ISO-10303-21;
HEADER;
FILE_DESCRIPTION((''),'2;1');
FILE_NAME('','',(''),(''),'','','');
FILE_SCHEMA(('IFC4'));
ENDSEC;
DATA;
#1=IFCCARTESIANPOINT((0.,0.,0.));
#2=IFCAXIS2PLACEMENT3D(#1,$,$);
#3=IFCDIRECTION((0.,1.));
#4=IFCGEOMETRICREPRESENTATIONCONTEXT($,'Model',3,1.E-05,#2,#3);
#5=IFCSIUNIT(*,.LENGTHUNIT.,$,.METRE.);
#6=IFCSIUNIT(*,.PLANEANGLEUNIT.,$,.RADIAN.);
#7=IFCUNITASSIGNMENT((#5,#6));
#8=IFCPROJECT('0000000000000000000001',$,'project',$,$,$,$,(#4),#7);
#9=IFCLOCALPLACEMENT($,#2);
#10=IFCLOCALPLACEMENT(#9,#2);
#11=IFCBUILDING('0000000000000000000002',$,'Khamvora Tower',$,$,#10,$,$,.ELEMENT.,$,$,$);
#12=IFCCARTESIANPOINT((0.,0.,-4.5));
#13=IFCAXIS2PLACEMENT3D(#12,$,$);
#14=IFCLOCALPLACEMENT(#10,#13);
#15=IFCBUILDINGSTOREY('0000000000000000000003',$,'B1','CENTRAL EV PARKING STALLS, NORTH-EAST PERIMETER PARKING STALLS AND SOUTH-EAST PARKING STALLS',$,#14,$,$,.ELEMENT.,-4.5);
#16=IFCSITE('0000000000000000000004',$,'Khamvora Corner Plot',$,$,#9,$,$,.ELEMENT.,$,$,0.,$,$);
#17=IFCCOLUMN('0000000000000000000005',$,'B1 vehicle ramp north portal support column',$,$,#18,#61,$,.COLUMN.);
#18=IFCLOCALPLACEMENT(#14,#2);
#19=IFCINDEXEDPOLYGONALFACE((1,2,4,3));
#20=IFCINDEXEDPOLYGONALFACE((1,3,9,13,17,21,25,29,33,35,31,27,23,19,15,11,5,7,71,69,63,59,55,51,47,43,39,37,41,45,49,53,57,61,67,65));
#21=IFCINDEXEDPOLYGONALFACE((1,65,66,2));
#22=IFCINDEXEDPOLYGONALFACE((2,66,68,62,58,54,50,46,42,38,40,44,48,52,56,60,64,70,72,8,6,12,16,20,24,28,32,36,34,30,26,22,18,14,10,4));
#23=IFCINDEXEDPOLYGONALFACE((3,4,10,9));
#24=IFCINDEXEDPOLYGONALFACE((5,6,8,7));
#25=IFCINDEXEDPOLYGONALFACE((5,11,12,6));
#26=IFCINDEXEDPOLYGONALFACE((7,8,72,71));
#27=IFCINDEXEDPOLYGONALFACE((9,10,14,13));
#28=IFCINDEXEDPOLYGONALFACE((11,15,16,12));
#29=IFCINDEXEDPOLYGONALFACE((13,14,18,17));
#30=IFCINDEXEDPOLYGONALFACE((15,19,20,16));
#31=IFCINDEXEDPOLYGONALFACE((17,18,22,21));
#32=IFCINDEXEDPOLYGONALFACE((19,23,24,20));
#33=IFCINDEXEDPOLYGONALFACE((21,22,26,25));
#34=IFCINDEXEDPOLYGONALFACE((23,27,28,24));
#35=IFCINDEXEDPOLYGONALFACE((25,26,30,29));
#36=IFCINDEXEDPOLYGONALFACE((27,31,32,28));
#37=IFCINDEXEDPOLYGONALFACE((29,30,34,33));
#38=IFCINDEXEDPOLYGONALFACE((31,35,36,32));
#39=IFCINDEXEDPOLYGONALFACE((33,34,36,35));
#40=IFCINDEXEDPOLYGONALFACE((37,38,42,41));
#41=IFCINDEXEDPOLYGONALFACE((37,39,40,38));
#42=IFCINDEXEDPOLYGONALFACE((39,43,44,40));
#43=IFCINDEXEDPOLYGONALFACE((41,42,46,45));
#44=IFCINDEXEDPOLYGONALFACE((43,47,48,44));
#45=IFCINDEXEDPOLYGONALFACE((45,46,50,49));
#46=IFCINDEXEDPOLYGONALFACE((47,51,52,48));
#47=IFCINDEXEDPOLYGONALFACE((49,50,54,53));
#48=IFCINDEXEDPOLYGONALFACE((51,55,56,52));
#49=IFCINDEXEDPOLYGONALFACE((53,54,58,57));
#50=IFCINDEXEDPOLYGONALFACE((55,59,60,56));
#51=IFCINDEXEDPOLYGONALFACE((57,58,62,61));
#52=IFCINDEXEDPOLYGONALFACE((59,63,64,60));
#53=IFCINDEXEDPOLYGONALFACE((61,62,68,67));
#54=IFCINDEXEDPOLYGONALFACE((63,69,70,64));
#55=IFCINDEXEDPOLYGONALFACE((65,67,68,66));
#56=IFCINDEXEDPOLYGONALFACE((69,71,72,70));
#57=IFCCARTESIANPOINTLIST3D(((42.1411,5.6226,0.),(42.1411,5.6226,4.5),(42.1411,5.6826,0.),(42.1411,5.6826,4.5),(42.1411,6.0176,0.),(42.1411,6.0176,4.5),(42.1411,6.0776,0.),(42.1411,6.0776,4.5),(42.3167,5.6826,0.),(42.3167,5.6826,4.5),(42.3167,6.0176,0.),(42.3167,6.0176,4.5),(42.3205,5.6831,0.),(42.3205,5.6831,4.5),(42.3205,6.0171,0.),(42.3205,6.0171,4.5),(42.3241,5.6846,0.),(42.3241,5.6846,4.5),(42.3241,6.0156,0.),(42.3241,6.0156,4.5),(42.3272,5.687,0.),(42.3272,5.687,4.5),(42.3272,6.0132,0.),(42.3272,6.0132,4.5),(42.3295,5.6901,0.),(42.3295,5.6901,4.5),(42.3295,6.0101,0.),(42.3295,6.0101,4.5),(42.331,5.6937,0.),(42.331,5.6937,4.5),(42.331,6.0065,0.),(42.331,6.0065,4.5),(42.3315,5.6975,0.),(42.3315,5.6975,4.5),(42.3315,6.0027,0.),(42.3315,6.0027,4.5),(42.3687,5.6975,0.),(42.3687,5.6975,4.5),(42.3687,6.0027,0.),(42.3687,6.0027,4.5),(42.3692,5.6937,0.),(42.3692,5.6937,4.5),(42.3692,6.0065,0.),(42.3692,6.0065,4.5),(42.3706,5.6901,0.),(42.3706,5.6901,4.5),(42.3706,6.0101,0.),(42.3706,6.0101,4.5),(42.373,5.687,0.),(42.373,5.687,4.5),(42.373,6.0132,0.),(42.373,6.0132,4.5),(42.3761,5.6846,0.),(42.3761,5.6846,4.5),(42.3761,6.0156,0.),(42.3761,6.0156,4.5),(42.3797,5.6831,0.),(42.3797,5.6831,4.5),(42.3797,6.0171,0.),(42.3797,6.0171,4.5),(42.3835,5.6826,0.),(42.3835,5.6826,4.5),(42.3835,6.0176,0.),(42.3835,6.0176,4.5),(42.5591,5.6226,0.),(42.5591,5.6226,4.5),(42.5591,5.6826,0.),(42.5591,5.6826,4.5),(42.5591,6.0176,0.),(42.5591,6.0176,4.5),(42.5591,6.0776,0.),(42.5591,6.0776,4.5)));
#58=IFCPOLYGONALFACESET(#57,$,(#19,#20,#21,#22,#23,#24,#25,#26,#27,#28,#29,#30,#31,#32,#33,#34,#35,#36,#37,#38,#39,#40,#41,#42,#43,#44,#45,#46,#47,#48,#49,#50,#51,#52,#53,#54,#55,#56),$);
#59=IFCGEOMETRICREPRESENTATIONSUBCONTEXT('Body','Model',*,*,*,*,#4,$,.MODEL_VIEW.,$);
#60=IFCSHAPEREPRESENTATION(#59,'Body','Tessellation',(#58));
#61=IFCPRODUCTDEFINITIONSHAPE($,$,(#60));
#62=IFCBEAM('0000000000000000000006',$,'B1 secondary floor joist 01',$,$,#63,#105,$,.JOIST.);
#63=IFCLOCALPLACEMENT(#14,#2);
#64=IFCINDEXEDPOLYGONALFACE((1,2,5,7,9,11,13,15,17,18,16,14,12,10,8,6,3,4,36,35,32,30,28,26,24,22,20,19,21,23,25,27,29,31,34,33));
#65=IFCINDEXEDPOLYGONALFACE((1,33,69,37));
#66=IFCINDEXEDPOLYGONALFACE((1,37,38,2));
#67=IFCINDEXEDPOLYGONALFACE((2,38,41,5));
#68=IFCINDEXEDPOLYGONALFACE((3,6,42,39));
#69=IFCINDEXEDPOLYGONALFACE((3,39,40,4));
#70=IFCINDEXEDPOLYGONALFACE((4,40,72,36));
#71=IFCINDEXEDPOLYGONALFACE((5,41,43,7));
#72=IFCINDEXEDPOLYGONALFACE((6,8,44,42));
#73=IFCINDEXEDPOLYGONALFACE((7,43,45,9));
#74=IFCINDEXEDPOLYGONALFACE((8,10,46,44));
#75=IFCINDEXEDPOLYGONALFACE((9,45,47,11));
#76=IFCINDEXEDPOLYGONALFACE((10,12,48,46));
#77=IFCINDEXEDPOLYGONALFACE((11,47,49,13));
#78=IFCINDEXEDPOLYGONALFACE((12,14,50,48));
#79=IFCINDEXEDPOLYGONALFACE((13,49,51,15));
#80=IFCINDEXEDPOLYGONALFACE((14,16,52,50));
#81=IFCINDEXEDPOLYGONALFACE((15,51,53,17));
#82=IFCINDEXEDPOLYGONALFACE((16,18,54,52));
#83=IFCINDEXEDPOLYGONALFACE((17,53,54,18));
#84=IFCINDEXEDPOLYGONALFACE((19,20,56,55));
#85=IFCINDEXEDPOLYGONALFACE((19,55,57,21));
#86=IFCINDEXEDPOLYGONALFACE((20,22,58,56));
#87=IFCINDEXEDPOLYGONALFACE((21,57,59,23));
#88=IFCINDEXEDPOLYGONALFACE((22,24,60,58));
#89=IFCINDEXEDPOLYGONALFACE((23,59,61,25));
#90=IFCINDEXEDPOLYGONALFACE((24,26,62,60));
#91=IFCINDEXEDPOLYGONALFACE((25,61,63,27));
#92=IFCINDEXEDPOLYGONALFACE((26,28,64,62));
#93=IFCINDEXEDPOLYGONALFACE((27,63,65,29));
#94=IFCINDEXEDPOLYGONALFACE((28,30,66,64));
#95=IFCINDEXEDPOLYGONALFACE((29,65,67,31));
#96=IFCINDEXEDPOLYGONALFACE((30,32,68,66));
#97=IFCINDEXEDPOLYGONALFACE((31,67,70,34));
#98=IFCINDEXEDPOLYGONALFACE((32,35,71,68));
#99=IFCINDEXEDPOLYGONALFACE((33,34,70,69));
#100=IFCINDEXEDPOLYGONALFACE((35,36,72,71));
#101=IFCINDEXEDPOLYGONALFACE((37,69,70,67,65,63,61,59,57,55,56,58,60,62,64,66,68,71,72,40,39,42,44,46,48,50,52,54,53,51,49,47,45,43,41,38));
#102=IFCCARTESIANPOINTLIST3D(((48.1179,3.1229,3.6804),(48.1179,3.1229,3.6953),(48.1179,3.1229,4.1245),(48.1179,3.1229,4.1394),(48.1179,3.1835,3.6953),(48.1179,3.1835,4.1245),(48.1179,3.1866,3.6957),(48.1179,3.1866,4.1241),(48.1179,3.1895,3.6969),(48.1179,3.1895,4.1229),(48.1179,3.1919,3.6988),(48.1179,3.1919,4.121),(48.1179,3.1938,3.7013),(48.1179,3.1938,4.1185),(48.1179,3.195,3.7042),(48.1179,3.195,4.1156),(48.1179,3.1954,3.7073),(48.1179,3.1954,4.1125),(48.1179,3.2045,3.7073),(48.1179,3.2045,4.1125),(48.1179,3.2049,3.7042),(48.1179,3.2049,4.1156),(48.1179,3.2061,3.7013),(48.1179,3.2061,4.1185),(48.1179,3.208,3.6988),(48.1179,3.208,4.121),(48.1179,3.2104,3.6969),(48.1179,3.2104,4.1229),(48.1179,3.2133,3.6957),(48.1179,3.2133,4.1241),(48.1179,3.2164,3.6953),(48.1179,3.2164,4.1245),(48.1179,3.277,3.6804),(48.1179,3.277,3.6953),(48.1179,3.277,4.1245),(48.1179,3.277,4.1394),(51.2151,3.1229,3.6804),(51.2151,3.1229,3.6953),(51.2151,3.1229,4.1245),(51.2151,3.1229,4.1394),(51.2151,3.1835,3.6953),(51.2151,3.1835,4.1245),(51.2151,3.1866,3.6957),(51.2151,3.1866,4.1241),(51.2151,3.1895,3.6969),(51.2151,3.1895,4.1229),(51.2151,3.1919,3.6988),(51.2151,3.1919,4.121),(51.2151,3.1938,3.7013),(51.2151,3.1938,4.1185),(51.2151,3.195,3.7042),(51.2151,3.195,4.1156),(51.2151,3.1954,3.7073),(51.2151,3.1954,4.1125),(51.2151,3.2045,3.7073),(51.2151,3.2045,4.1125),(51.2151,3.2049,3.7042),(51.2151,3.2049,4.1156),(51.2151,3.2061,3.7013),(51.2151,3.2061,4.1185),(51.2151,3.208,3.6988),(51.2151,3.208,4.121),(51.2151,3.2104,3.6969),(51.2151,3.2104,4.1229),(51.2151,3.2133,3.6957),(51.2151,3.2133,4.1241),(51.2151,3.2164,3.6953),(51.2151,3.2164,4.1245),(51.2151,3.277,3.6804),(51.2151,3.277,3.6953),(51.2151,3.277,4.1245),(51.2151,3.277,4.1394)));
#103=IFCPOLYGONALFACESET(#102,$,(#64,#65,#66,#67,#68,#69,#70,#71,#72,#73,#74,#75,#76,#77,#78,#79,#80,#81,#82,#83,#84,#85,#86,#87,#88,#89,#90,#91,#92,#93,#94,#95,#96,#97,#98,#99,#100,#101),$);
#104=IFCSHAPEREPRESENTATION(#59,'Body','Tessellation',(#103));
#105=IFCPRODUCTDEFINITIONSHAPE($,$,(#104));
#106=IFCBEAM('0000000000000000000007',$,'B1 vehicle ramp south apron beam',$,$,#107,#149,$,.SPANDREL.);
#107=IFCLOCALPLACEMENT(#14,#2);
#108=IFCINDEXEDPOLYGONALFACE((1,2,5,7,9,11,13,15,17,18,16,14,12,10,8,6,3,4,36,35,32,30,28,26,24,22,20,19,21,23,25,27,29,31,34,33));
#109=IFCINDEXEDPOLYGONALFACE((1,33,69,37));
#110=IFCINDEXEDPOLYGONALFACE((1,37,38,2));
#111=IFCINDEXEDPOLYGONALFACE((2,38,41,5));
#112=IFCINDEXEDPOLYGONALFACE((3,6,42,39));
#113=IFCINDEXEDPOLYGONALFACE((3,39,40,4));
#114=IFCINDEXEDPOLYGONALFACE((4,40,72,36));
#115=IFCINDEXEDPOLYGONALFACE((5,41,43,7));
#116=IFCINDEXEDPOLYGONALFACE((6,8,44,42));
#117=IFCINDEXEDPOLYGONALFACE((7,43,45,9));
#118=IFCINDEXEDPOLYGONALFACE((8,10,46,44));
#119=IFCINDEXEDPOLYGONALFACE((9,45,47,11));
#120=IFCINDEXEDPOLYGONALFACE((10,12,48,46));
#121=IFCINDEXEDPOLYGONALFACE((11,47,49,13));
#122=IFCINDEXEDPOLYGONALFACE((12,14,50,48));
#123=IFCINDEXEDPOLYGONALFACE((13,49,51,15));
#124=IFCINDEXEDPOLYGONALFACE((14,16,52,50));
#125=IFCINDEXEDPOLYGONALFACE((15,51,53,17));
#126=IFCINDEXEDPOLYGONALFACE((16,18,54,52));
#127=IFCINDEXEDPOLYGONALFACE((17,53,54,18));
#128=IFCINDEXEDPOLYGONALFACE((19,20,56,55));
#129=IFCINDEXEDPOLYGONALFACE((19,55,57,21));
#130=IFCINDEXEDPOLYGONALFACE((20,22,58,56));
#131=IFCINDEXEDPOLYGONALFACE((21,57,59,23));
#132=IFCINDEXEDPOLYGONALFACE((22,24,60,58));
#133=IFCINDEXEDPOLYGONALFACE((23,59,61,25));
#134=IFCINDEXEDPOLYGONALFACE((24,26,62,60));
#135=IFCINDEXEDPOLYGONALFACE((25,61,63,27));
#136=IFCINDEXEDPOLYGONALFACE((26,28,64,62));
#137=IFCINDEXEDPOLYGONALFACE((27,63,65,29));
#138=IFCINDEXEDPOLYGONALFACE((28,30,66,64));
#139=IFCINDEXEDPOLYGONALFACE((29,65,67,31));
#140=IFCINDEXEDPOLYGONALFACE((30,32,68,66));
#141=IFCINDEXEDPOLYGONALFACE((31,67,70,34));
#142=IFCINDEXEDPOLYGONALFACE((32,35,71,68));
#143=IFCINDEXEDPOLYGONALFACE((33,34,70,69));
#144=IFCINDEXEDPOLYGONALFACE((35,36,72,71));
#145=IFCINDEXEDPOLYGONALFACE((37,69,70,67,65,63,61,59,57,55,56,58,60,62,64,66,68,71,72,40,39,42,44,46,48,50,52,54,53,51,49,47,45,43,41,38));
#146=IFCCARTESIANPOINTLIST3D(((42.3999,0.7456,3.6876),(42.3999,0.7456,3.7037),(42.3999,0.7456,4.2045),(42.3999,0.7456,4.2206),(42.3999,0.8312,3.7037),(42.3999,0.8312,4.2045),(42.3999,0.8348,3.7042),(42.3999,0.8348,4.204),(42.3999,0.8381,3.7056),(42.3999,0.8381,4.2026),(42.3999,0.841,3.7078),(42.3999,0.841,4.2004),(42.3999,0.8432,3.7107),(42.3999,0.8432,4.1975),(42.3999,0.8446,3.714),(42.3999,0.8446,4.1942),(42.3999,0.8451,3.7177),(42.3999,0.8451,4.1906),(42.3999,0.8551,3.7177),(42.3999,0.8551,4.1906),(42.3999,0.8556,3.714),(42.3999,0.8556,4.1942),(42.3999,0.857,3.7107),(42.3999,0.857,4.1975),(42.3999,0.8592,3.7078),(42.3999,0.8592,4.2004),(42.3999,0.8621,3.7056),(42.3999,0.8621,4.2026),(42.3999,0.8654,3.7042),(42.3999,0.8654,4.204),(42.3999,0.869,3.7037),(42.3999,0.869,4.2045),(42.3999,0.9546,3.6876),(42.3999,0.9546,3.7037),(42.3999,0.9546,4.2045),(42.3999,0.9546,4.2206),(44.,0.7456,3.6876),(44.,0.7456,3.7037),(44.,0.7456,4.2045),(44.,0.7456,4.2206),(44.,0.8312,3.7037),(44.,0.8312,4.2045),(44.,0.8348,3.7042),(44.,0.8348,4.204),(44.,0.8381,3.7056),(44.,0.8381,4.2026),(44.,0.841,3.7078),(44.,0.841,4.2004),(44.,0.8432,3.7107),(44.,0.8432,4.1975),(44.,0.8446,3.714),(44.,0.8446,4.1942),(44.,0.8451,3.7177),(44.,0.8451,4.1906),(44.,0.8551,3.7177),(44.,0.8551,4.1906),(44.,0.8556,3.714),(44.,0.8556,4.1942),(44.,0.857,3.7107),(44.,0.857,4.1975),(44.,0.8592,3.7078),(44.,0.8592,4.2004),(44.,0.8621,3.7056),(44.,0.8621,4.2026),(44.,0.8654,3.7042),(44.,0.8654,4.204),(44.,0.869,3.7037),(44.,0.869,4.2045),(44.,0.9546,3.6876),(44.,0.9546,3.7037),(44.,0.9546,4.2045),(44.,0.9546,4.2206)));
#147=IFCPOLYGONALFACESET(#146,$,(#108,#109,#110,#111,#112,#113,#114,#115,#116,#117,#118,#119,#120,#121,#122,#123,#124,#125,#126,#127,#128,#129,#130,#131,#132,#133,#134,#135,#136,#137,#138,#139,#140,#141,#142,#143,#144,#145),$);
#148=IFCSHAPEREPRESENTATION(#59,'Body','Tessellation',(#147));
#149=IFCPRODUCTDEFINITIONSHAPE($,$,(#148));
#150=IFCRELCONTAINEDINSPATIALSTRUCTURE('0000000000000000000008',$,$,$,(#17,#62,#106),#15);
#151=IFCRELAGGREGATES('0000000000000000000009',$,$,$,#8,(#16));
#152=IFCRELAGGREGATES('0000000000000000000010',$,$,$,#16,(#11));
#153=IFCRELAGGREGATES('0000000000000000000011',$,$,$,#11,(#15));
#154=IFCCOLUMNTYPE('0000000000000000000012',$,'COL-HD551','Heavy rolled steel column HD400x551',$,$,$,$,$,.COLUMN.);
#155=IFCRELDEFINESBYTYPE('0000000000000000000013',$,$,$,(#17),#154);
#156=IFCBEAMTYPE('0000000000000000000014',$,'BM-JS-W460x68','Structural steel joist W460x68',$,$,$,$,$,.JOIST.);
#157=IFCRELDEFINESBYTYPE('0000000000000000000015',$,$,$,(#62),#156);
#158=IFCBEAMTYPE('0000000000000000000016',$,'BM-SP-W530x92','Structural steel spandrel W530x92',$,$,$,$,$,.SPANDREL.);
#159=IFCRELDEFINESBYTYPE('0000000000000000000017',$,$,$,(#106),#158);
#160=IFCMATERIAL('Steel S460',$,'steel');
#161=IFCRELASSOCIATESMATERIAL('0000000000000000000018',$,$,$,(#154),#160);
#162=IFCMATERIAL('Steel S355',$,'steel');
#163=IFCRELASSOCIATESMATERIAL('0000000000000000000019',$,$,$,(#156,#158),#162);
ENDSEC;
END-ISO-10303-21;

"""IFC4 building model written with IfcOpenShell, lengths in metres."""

from ifc_helpers import new_model, si_unit, direction, frame, origin, origin_2d, place, context, subcontext, project, spatial, i_section, extrude, material, material_profile, profile_set, type_object, element, save


model = new_model("IFC4")

# Units and contexts
model_context = context("Model", 3, precision=1e-05, world=origin(), true_north=direction((0.0, 1.0)))
body_context = subcontext(model_context, "Body", "Model", "MODEL_VIEW")
ifc_project = project(units=[si_unit("LENGTHUNIT", "METRE"), si_unit("PLANEANGLEUNIT", "RADIAN")], contexts=[model_context])

# Site, building, storey
site_placement = place(None, origin())
site = spatial("IfcSite", under=ifc_project, at=site_placement, Name="Khamvora Corner Plot", CompositionType="ELEMENT", RefElevation=0.0)
building_placement = place(site_placement, origin())
building = spatial("IfcBuilding", under=site, at=building_placement, Name="Khamvora Tower", CompositionType="ELEMENT")
storey_placement = place(building_placement, frame((0.0, 0.0, -4.5)))
storey = spatial("IfcBuildingStorey", under=building, at=storey_placement, Name="B1", Description="CENTRAL EV PARKING STALLS, NORTH-EAST PERIMETER PARKING STALLS AND SOUTH-EAST PARKING STALLS", CompositionType="ELEMENT", Elevation=-4.5)

# Column
ifc_material_1 = material(Name="Steel S460", Category="steel")
ifc_material_2 = material(Name="Steel S355", Category="steel")
ifc_material_profile_1 = material_profile(ifc_material_1, i_section(OverallWidth=0.418, OverallDepth=0.4551, WebThickness=0.0371, FlangeThickness=0.0601, FilletRadius=0.0149, at=origin_2d()), Name="HD400x551")
ifc_profile_set_1 = profile_set([ifc_material_profile_1], Name="Steel S460")
column_type_1 = type_object("IfcColumnType", Name="COL-HD551", Description="Heavy rolled steel column HD400x551", PredefinedType="COLUMN", material=ifc_profile_set_1)
column_1_placement = place(storey_placement, frame((42.3501, 5.8501, 0.0), z_axis=(0.0, 0.0, 1.0), x_axis=(1.0, 0.0, 0.0)))
element("IfcColumn", 1, at=column_1_placement, inside=storey, type_object=column_type_1, Name="B1 vehicle ramp north portal support column", PredefinedType="COLUMN", context=body_context, shape_type="SweptSolid", body=[
    extrude(i_section(OverallWidth=0.418, OverallDepth=0.4551, WebThickness=0.0371, FlangeThickness=0.0601, FilletRadius=0.0149, at=origin_2d()), origin(), (0.0, 0.0, 1.0), 4.5),
])

# Beams
ifc_material_profile_2 = material_profile(ifc_material_2, i_section(OverallWidth=0.1541, OverallDepth=0.459, WebThickness=0.009, FlangeThickness=0.0149, FilletRadius=0.012, at=origin_2d()), Name="W460x68")
ifc_profile_set_2 = profile_set([ifc_material_profile_2], Name="Steel S355")
beam_type_1 = type_object("IfcBeamType", Name="BM-JS-W460x68", Description="Structural steel joist W460x68", PredefinedType="JOIST", material=ifc_profile_set_2)
beam_1_placement = place(storey_placement, frame((48.1179, 3.2, 3.9099), z_axis=(1.0, 0.0, 0.0), x_axis=(0.0, 1.0, 0.0)))
element("IfcBeam", 2, at=beam_1_placement, inside=storey, type_object=beam_type_1, Name="B1 secondary floor joist 01", PredefinedType="JOIST", context=body_context, shape_type="SweptSolid", body=[
    extrude(i_section(OverallWidth=0.1541, OverallDepth=0.459, WebThickness=0.009, FlangeThickness=0.0149, FilletRadius=0.012, at=origin_2d()), origin(), (0.0, 0.0, 1.0), 3.0972),
])
ifc_material_profile_3 = material_profile(ifc_material_2, i_section(OverallWidth=0.209, OverallDepth=0.533, WebThickness=0.01, FlangeThickness=0.0161, FilletRadius=0.0139, at=origin_2d()), Name="W530x92")
ifc_profile_set_3 = profile_set([ifc_material_profile_3], Name="Steel S355")
beam_type_2 = type_object("IfcBeamType", Name="BM-SP-W530x92", Description="Structural steel spandrel W530x92", PredefinedType="SPANDREL", material=ifc_profile_set_3)
beam_2_placement = place(storey_placement, frame((42.3999, 0.8501, 3.9541), z_axis=(1.0, 0.0, 0.0), x_axis=(0.0, 1.0, 0.0)))
element("IfcBeam", 3, at=beam_2_placement, inside=storey, type_object=beam_type_2, Name="B1 vehicle ramp south apron beam", PredefinedType="SPANDREL", context=body_context, shape_type="SweptSolid", body=[
    extrude(i_section(OverallWidth=0.209, OverallDepth=0.533, WebThickness=0.01, FlangeThickness=0.0161, FilletRadius=0.0139, at=origin_2d()), origin(), (0.0, 0.0, 1.0), 1.6001),
])

save(model, "model.ifc")
